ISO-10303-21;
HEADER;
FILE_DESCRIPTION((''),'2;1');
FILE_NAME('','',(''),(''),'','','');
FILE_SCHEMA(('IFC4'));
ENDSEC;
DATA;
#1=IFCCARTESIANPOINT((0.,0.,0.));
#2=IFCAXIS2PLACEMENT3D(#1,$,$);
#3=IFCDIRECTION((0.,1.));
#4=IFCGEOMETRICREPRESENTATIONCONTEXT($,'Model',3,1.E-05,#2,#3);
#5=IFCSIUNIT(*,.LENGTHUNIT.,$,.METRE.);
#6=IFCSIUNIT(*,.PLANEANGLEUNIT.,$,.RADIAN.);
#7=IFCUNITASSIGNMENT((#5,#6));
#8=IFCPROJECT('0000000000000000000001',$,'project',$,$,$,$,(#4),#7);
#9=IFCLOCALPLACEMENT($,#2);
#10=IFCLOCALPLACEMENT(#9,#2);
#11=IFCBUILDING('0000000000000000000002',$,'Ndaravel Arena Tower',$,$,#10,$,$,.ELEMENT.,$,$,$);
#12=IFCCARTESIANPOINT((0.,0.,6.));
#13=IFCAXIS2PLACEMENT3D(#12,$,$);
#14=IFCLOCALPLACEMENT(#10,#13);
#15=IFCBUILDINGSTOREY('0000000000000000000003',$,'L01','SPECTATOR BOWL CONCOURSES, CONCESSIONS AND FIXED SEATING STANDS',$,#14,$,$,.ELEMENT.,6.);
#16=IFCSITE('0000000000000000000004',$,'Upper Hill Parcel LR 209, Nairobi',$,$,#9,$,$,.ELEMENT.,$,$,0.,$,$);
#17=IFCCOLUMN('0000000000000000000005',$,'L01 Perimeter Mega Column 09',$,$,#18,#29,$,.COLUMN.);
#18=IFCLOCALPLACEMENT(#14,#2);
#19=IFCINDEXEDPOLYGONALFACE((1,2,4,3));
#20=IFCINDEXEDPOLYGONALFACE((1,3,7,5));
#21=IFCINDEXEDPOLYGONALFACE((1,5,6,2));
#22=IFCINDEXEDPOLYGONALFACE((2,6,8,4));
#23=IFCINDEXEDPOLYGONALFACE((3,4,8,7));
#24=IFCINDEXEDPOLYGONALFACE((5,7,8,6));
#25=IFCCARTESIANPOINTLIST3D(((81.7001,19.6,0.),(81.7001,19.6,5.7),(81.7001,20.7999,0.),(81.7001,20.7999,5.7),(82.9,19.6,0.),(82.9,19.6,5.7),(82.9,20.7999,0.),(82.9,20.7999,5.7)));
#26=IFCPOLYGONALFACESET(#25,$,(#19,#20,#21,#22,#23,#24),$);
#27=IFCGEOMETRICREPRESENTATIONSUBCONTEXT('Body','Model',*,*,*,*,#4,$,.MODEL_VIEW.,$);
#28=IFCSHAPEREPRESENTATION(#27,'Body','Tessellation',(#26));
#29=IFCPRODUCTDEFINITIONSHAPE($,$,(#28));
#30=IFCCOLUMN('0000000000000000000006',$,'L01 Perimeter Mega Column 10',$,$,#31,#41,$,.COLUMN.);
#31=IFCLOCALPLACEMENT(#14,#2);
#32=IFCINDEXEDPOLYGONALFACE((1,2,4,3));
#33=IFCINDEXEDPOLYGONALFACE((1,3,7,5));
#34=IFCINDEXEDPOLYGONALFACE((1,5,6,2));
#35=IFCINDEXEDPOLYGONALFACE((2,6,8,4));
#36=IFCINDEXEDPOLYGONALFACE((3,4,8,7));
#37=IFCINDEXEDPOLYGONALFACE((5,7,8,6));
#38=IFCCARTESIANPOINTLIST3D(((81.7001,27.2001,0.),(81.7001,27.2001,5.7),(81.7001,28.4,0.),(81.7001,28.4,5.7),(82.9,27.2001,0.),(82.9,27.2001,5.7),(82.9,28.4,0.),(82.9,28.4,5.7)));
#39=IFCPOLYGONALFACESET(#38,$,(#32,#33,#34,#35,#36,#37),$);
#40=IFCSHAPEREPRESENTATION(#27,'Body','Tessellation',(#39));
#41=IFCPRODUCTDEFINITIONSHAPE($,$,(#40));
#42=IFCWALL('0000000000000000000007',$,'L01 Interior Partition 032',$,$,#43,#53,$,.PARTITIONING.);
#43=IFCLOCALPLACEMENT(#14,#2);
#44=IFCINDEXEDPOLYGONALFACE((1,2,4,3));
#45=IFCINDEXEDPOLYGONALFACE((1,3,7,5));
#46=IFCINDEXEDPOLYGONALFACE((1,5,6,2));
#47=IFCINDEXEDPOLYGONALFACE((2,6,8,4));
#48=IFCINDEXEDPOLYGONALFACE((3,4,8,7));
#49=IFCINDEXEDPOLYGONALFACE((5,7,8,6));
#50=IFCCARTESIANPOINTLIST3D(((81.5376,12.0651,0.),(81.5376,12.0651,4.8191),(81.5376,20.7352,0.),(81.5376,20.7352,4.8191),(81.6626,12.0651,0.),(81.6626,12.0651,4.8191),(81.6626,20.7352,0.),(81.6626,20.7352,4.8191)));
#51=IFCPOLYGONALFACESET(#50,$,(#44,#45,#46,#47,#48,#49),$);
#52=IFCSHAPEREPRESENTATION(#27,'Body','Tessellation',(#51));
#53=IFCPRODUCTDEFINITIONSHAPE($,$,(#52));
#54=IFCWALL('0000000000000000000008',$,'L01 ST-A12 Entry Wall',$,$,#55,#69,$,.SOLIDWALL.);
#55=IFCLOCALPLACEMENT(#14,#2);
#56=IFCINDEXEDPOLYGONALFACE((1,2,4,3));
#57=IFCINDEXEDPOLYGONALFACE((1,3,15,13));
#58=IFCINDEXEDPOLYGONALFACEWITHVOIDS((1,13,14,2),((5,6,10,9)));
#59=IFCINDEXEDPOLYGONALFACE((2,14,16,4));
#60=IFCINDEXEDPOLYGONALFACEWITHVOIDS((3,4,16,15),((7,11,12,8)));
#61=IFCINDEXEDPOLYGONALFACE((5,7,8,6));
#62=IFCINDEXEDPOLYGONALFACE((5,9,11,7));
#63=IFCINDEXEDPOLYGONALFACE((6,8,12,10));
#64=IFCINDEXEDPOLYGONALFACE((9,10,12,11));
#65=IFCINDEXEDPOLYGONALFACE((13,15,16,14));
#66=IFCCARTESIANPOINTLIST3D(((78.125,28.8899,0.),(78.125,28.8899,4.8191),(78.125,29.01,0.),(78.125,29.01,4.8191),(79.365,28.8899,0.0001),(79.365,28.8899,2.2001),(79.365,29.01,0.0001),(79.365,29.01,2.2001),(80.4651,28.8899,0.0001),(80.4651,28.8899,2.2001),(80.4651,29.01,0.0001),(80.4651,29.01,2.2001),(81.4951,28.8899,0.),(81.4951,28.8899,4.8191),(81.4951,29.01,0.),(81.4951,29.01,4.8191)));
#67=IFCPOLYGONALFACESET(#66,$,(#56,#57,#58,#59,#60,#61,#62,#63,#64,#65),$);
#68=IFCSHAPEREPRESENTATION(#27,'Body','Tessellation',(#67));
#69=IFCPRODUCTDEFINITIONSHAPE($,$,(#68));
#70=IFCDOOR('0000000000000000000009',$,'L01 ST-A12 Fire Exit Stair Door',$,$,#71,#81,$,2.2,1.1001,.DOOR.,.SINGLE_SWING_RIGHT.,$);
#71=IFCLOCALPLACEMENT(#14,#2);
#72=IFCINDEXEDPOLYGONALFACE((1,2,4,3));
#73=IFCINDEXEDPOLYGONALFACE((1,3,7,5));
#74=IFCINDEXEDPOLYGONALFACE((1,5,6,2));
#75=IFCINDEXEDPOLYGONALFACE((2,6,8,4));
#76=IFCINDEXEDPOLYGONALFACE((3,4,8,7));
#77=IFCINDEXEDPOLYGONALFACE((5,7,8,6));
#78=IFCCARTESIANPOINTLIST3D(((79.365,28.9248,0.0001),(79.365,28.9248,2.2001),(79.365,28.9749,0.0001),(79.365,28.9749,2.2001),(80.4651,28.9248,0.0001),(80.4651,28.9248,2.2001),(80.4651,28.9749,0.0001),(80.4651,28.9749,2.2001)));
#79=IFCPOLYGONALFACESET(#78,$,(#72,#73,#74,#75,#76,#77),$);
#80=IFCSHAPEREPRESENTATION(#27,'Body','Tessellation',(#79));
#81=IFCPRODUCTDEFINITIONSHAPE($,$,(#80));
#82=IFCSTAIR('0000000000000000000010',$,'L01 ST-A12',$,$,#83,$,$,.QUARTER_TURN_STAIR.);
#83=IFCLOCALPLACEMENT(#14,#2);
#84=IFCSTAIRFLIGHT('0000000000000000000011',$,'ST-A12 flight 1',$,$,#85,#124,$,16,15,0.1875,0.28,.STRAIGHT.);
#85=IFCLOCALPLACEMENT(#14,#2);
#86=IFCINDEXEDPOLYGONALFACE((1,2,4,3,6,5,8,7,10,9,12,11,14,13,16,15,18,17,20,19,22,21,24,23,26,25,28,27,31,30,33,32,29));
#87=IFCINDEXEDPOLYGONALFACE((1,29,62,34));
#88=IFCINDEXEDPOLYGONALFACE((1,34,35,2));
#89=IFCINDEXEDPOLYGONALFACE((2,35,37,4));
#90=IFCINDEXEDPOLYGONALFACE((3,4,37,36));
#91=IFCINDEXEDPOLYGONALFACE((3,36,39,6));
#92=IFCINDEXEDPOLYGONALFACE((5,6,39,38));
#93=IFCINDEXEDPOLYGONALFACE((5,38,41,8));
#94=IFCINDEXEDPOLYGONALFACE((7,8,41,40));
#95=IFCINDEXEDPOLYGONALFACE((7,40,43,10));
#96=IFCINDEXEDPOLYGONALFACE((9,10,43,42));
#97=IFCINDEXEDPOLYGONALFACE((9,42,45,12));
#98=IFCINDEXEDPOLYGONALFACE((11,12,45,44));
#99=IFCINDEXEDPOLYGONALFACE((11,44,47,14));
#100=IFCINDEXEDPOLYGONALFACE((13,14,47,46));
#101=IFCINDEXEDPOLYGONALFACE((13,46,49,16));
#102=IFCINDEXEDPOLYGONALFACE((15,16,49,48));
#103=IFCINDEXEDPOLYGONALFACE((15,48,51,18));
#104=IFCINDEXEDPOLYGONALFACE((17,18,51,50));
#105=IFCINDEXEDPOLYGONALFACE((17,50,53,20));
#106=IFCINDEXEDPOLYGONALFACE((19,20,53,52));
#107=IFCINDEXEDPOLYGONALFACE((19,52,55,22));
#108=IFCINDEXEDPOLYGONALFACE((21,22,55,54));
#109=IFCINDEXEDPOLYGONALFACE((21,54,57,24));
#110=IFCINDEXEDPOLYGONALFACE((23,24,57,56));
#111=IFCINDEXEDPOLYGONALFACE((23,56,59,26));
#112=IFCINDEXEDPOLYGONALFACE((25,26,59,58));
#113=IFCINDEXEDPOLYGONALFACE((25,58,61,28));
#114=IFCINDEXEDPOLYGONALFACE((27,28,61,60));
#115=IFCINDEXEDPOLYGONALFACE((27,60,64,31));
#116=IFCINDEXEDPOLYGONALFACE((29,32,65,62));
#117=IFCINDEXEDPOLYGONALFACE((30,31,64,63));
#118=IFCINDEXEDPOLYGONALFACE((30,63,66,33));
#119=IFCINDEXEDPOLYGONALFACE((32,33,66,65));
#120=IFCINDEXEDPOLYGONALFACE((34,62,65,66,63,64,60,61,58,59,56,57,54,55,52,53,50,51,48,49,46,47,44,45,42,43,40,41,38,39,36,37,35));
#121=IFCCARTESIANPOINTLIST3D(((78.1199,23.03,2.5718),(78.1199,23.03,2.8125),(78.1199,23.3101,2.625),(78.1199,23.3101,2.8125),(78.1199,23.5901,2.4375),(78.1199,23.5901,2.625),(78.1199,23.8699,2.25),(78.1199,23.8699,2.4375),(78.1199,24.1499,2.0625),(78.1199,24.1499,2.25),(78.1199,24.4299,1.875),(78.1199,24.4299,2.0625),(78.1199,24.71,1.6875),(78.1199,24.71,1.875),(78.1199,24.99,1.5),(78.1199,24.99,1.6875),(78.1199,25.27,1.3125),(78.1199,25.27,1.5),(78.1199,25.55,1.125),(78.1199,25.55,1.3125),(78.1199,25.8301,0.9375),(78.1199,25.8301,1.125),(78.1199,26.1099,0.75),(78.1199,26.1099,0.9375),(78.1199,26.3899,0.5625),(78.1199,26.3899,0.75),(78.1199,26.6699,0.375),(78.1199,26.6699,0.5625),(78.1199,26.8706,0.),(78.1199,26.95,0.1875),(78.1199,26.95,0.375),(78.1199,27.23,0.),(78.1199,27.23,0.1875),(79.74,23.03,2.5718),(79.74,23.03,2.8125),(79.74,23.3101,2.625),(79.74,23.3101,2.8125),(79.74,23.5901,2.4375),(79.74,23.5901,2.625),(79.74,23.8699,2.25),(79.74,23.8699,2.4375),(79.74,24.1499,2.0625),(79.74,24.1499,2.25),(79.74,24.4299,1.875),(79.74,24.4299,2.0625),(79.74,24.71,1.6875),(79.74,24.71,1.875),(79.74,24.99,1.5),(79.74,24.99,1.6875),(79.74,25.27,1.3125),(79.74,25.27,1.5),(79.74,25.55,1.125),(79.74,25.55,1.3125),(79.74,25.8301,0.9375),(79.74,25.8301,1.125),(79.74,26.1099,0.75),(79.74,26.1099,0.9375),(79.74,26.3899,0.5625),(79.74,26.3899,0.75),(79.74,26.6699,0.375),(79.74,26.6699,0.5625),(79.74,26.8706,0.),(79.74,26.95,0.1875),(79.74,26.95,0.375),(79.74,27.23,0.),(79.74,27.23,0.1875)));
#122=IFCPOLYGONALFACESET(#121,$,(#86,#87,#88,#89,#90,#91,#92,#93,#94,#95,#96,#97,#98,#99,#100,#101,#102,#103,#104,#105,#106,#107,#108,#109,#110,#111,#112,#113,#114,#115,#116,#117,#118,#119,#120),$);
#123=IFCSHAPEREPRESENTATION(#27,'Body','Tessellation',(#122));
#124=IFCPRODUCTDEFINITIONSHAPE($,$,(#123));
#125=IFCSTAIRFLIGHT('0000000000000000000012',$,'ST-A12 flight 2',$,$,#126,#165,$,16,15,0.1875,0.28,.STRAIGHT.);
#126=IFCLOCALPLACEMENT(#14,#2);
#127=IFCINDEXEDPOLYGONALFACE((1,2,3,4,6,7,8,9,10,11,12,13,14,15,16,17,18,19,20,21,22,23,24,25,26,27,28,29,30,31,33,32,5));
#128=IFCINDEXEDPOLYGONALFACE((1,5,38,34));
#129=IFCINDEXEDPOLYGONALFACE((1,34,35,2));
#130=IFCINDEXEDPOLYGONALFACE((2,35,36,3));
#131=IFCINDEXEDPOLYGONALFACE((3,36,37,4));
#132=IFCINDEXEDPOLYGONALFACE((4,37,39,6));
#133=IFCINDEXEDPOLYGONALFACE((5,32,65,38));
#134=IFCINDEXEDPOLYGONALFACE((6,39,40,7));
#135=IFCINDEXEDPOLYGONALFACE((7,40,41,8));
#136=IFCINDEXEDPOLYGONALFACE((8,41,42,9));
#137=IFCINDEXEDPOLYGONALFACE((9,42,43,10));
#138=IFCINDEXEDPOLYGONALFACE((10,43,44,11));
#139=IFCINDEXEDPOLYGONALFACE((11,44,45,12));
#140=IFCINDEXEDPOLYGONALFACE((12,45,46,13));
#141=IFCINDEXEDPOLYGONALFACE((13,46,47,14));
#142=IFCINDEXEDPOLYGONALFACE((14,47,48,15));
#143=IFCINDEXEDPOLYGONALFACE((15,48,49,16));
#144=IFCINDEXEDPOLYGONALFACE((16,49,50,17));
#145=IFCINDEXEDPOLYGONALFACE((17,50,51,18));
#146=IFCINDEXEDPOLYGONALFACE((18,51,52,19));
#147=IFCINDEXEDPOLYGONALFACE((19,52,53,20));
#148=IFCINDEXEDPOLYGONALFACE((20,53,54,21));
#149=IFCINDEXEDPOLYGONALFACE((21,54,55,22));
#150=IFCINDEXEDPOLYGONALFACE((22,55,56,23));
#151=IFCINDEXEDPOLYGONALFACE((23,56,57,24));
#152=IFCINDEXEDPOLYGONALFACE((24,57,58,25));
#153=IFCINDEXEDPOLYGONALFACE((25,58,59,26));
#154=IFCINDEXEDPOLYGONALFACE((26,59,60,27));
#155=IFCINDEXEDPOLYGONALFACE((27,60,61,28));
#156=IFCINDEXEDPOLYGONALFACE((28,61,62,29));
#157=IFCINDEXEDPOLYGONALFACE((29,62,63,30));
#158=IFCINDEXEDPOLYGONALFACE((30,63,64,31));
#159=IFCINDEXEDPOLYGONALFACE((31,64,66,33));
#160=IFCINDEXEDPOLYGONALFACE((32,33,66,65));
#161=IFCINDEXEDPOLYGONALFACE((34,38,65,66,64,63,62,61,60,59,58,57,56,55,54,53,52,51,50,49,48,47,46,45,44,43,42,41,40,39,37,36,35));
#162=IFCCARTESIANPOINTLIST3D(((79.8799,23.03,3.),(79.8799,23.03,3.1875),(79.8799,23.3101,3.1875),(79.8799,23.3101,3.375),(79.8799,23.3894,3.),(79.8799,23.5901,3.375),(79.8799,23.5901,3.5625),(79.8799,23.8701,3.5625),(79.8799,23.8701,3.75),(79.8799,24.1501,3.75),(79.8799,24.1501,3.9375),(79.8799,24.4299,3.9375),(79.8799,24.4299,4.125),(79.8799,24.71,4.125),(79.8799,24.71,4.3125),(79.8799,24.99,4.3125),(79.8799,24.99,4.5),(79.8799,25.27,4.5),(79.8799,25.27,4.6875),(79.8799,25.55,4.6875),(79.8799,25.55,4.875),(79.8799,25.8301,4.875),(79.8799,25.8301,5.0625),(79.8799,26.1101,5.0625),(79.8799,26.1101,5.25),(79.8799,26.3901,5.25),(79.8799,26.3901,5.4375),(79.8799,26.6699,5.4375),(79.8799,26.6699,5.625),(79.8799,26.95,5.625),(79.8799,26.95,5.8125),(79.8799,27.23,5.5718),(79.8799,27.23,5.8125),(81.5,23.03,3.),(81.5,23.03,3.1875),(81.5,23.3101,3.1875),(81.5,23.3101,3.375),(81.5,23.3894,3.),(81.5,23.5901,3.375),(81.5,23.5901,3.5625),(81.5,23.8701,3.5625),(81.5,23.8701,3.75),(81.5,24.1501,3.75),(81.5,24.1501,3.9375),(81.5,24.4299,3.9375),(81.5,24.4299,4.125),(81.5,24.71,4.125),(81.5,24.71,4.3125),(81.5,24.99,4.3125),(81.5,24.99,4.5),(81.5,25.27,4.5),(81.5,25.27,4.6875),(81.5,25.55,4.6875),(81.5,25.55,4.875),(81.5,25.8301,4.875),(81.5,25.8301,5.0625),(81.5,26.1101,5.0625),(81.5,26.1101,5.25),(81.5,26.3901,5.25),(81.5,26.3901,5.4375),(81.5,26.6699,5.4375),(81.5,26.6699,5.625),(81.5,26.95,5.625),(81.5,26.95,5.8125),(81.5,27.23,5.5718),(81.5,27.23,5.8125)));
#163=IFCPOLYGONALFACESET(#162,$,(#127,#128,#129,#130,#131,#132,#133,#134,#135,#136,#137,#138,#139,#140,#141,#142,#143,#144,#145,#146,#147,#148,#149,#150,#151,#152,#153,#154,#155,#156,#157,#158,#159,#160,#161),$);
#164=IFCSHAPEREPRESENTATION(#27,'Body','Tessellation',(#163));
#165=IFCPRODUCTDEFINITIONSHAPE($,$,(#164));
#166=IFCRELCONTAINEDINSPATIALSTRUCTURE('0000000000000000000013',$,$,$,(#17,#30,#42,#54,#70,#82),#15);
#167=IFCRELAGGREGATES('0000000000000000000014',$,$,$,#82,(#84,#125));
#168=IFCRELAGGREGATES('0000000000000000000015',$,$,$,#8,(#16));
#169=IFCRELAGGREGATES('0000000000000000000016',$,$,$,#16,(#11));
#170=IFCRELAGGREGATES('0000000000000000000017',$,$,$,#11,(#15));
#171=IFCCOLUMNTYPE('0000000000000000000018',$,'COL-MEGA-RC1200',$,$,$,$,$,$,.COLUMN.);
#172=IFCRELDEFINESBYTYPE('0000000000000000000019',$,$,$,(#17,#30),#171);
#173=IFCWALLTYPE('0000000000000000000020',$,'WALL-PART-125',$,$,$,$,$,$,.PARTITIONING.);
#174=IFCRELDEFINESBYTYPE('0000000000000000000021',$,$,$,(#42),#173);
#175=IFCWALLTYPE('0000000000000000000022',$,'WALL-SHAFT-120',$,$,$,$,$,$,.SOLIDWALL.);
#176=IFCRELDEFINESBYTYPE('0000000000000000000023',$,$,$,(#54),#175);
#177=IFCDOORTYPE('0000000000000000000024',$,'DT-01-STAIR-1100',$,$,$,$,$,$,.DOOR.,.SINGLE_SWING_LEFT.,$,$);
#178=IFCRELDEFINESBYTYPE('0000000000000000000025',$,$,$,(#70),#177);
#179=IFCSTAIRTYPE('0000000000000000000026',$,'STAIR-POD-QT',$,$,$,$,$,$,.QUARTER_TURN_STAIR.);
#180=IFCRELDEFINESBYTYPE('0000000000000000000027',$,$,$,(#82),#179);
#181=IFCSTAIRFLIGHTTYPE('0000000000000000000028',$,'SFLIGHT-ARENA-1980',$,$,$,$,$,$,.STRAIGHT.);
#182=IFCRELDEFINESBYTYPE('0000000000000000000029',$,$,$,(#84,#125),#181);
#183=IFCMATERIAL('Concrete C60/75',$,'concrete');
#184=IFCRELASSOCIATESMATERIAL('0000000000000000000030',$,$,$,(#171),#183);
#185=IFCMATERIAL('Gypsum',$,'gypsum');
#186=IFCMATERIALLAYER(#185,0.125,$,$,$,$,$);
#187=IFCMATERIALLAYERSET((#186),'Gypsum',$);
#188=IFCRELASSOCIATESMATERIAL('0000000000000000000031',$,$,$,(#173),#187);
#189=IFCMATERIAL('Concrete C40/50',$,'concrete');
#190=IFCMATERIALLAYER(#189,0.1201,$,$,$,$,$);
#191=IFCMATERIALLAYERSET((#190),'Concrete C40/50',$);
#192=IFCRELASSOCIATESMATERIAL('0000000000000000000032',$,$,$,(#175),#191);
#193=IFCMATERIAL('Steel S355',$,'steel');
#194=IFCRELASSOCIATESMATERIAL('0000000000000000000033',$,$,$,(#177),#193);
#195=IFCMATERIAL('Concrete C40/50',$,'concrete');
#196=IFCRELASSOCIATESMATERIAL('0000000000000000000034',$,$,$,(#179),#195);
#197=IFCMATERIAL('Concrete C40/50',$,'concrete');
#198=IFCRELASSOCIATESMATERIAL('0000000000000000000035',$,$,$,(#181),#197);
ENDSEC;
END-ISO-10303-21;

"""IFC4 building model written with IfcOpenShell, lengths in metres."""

from ifc_helpers import new_model, si_unit, direction, frame, frame_2d, origin, origin_2d, place, context, subcontext, project, spatial, polyline, rectangle, outline, extrude, material, layer, layer_set, material_profile, profile_set, type_object, element, fill, aggregate, save


model = new_model("IFC4")

# Units and contexts
model_context = context("Model", 3, precision=1e-05, world=origin(), true_north=direction((0.0, 1.0)))
body_context = subcontext(model_context, "Body", "Model", "MODEL_VIEW")
ifc_project = project(units=[si_unit("LENGTHUNIT", "METRE"), si_unit("PLANEANGLEUNIT", "RADIAN")], contexts=[model_context])

# Site, building, storey
site_placement = place(None, origin())
site = spatial("IfcSite", under=ifc_project, at=site_placement, Name="Upper Hill Parcel LR 209, Nairobi", CompositionType="ELEMENT", RefElevation=0.0)
building_placement = place(site_placement, origin())
building = spatial("IfcBuilding", under=site, at=building_placement, Name="Ndaravel Arena Tower", CompositionType="ELEMENT")
storey_placement = place(building_placement, frame((0.0, 0.0, 6.0)))
storey = spatial("IfcBuildingStorey", under=building, at=storey_placement, Name="L01", Description="SPECTATOR BOWL CONCOURSES, CONCESSIONS AND FIXED SEATING STANDS", CompositionType="ELEMENT", Elevation=6.0)

# Columns
ifc_material_1 = material(Name="Concrete C60/75", Category="concrete")
ifc_material_profile = material_profile(ifc_material_1, rectangle(XDim=1.2, YDim=1.2, at=origin_2d()), Name="RC 1200x1200")
ifc_profile_set = profile_set([ifc_material_profile], Name="Concrete C60/75")
column_type = type_object("IfcColumnType", Name="COL-MEGA-RC1200", PredefinedType="COLUMN", material=ifc_profile_set)
for number, where, z_axis, x_axis, name in (
    (1, (82.3, 20.2, 0.0), (0.0, 0.0, 1.0), (1.0, 0.0, 0.0), "L01 Perimeter Mega Column 09"),
    (2, (82.3, 27.8, 0.0), (0.0, 0.0, 1.0), (1.0, 0.0, 0.0), "L01 Perimeter Mega Column 10"),
):
    element("IfcColumn", number, at=place(storey_placement, frame(where, z_axis=z_axis, x_axis=x_axis)), inside=storey, type_object=column_type, Name=name, PredefinedType="COLUMN", context=body_context, shape_type="SweptSolid", body=[
        extrude(rectangle(XDim=1.2, YDim=1.2, at=origin_2d()), origin(), (0.0, 0.0, 1.0), 5.7),
    ])

# Wall
ifc_material_2 = material(Name="Gypsum", Category="gypsum")
ifc_layer_1 = layer(ifc_material_2, 0.125)
ifc_layer_set_1 = layer_set([ifc_layer_1], Name="Gypsum")
wall_type_1 = type_object("IfcWallType", Name="WALL-PART-125", PredefinedType="PARTITIONING", material=ifc_layer_set_1)
wall_1_placement = place(storey_placement, frame((81.6001, 20.7351, 0.0), z_axis=(0.0, 0.0, 1.0), x_axis=(0.0, -1.0, 0.0)))
element("IfcWall", 3, at=wall_1_placement, inside=storey, type_object=wall_type_1, Name="L01 Interior Partition 032", PredefinedType="PARTITIONING", context=body_context, shape_type="SweptSolid", body=[
    extrude(rectangle(XDim=8.6702, YDim=0.125, at=frame_2d((4.335, 0.0))), origin(), (0.0, 0.0, 1.0), 4.8191),
])

# Wall, opening, door
ifc_material_3 = material(Name="Concrete C40/50", Category="concrete")
ifc_layer_2 = layer(ifc_material_3, 0.1201)
ifc_layer_set_2 = layer_set([ifc_layer_2], Name="Concrete C40/50")
wall_type_2 = type_object("IfcWallType", Name="WALL-SHAFT-120", PredefinedType="SOLIDWALL", material=ifc_layer_set_2)
wall_2_placement = place(storey_placement, frame((78.125, 28.95, 0.0), z_axis=(0.0, 0.0, 1.0), x_axis=(1.0, 0.0, 0.0)))
wall_2 = element("IfcWall", 4, at=wall_2_placement, inside=storey, type_object=wall_type_2, Name="L01 ST-A12 Entry Wall", PredefinedType="SOLIDWALL", context=body_context, shape_type="SweptSolid", body=[
    extrude(rectangle(XDim=3.3701, YDim=0.1201, at=frame_2d((1.6851, 0.0))), origin(), (0.0, 0.0, 1.0), 4.8191),
])
opening_1_placement = place(wall_2_placement, frame((1.24, 0.0, 0.0)))
opening_1 = element("IfcOpeningElement", 5, at=opening_1_placement, cuts=wall_2, PredefinedType="OPENING", context=body_context, shape_type="SweptSolid", body=[
    extrude(rectangle(XDim=1.1001, YDim=2.2, at=frame_2d((0.55, 1.1001))), frame((0.0, 0.0601, 0.0), z_axis=(0.0, -1.0, 0.0), x_axis=(1.0, 0.0, 0.0)), (0.0, 0.0, 1.0), 0.1201),
])
ifc_material_4 = material(Name="Steel S355", Category="steel")
door_type = type_object("IfcDoorType", Name="DT-01-STAIR-1100", OperationType="SINGLE_SWING_LEFT", PredefinedType="DOOR", material=ifc_material_4)
door_placement = place(opening_1_placement, origin())
door = element("IfcDoor", 6, at=door_placement, inside=storey, type_object=door_type, Name="L01 ST-A12 Fire Exit Stair Door", OperationType="SINGLE_SWING_RIGHT", OverallHeight=2.2, OverallWidth=1.1001, PredefinedType="DOOR", context=body_context, shape_type="SweptSolid", body=[
    extrude(rectangle(XDim=1.1001, YDim=2.2, at=frame_2d((0.55, 1.1001))), frame((0.0, 0.0249, 0.0), z_axis=(0.0, -1.0, 0.0), x_axis=(1.0, 0.0, 0.0)), (0.0, 0.0, 1.0), 0.05),
])
fill(opening_1, door)

# Stair, stair flights
ifc_material_5 = material(Name="Concrete C40/50", Category="concrete")
stair_type = type_object("IfcStairType", Name="STAIR-POD-QT", PredefinedType="QUARTER_TURN_STAIR", material=ifc_material_5)
stair_placement = place(storey_placement, origin())
stair = element("IfcStair", 7, at=stair_placement, inside=storey, type_object=stair_type, Name="L01 ST-A12", PredefinedType="QUARTER_TURN_STAIR")
ifc_material_6 = material(Name="Concrete C40/50", Category="concrete")
stair_flight_type = type_object("IfcStairFlightType", Name="SFLIGHT-ARENA-1980", PredefinedType="STRAIGHT", material=ifc_material_6)
stair_flight_1_placement = place(storey_placement, frame((78.9299, 27.23, 0.0), z_axis=(0.0, 0.0, 1.0), x_axis=(0.0, -1.0, 0.0)))
stair_flight_1 = element("IfcStairFlight", 8, at=stair_flight_1_placement, type_object=stair_flight_type, Name="ST-A12 flight 1", NumberOfRisers=16, NumberOfTreads=15, PredefinedType="STRAIGHT", RiserHeight=0.1875, TreadLength=0.28, context=body_context, shape_type="SweptSolid", body=[
    extrude(outline(polyline([(0.0, 0.0), (0.0, 0.1875), (0.28, 0.1875), (0.28, 0.375), (0.5601, 0.375), (0.5601, 0.5625), (0.8401, 0.5625), (0.8401, 0.75), (1.1201, 0.75), (1.1201, 0.9375), (1.3999, 0.9375), (1.3999, 1.125), (1.6799, 1.125), (1.6799, 1.3125), (1.96, 1.3125), (1.96, 1.5), (2.24, 1.5), (2.24, 1.6875), (2.52, 1.6875), (2.52, 1.875), (2.8, 1.875), (2.8, 2.0625), (3.0801, 2.0625), (3.0801, 2.25), (3.3601, 2.25), (3.3601, 2.4375), (3.6399, 2.4375), (3.6399, 2.625), (3.9199, 2.625), (3.9199, 2.8125), (4.2, 2.8125), (4.2, 3.0), (4.2, 2.5718), (0.3594, 0.0), (0.0, 0.0)])), frame((0.0, 0.8101, 0.0), z_axis=(0.0, -1.0, 0.0), x_axis=(1.0, 0.0, 0.0)), (0.0, 0.0, 1.0), 1.6201),
])
stair_flight_2_placement = place(storey_placement, frame((80.6899, 23.03, 3.0), z_axis=(0.0, 0.0, 1.0), x_axis=(0.0, 1.0, 0.0)))
stair_flight_2 = element("IfcStairFlight", 9, at=stair_flight_2_placement, type_object=stair_flight_type, Name="ST-A12 flight 2", NumberOfRisers=16, NumberOfTreads=15, PredefinedType="STRAIGHT", RiserHeight=0.1875, TreadLength=0.28, context=body_context, shape_type="SweptSolid", body=[
    extrude(outline(polyline([(0.0, 0.0), (0.0, 0.1875), (0.28, 0.1875), (0.28, 0.375), (0.5601, 0.375), (0.5601, 0.5625), (0.8401, 0.5625), (0.8401, 0.75), (1.1201, 0.75), (1.1201, 0.9375), (1.3999, 0.9375), (1.3999, 1.125), (1.6799, 1.125), (1.6799, 1.3125), (1.96, 1.3125), (1.96, 1.5), (2.24, 1.5), (2.24, 1.6875), (2.52, 1.6875), (2.52, 1.875), (2.8, 1.875), (2.8, 2.0625), (3.0801, 2.0625), (3.0801, 2.25), (3.3601, 2.25), (3.3601, 2.4375), (3.6399, 2.4375), (3.6399, 2.625), (3.9199, 2.625), (3.9199, 2.8125), (4.2, 2.8125), (4.2, 3.0), (4.2, 2.5718), (0.3594, 0.0), (0.0, 0.0)])), frame((0.0, 0.8101, 0.0), z_axis=(0.0, -1.0, 0.0), x_axis=(1.0, 0.0, 0.0)), (0.0, 0.0, 1.0), 1.6201),
])
aggregate(stair, [stair_flight_1, stair_flight_2])

save(model, "model.ifc")
